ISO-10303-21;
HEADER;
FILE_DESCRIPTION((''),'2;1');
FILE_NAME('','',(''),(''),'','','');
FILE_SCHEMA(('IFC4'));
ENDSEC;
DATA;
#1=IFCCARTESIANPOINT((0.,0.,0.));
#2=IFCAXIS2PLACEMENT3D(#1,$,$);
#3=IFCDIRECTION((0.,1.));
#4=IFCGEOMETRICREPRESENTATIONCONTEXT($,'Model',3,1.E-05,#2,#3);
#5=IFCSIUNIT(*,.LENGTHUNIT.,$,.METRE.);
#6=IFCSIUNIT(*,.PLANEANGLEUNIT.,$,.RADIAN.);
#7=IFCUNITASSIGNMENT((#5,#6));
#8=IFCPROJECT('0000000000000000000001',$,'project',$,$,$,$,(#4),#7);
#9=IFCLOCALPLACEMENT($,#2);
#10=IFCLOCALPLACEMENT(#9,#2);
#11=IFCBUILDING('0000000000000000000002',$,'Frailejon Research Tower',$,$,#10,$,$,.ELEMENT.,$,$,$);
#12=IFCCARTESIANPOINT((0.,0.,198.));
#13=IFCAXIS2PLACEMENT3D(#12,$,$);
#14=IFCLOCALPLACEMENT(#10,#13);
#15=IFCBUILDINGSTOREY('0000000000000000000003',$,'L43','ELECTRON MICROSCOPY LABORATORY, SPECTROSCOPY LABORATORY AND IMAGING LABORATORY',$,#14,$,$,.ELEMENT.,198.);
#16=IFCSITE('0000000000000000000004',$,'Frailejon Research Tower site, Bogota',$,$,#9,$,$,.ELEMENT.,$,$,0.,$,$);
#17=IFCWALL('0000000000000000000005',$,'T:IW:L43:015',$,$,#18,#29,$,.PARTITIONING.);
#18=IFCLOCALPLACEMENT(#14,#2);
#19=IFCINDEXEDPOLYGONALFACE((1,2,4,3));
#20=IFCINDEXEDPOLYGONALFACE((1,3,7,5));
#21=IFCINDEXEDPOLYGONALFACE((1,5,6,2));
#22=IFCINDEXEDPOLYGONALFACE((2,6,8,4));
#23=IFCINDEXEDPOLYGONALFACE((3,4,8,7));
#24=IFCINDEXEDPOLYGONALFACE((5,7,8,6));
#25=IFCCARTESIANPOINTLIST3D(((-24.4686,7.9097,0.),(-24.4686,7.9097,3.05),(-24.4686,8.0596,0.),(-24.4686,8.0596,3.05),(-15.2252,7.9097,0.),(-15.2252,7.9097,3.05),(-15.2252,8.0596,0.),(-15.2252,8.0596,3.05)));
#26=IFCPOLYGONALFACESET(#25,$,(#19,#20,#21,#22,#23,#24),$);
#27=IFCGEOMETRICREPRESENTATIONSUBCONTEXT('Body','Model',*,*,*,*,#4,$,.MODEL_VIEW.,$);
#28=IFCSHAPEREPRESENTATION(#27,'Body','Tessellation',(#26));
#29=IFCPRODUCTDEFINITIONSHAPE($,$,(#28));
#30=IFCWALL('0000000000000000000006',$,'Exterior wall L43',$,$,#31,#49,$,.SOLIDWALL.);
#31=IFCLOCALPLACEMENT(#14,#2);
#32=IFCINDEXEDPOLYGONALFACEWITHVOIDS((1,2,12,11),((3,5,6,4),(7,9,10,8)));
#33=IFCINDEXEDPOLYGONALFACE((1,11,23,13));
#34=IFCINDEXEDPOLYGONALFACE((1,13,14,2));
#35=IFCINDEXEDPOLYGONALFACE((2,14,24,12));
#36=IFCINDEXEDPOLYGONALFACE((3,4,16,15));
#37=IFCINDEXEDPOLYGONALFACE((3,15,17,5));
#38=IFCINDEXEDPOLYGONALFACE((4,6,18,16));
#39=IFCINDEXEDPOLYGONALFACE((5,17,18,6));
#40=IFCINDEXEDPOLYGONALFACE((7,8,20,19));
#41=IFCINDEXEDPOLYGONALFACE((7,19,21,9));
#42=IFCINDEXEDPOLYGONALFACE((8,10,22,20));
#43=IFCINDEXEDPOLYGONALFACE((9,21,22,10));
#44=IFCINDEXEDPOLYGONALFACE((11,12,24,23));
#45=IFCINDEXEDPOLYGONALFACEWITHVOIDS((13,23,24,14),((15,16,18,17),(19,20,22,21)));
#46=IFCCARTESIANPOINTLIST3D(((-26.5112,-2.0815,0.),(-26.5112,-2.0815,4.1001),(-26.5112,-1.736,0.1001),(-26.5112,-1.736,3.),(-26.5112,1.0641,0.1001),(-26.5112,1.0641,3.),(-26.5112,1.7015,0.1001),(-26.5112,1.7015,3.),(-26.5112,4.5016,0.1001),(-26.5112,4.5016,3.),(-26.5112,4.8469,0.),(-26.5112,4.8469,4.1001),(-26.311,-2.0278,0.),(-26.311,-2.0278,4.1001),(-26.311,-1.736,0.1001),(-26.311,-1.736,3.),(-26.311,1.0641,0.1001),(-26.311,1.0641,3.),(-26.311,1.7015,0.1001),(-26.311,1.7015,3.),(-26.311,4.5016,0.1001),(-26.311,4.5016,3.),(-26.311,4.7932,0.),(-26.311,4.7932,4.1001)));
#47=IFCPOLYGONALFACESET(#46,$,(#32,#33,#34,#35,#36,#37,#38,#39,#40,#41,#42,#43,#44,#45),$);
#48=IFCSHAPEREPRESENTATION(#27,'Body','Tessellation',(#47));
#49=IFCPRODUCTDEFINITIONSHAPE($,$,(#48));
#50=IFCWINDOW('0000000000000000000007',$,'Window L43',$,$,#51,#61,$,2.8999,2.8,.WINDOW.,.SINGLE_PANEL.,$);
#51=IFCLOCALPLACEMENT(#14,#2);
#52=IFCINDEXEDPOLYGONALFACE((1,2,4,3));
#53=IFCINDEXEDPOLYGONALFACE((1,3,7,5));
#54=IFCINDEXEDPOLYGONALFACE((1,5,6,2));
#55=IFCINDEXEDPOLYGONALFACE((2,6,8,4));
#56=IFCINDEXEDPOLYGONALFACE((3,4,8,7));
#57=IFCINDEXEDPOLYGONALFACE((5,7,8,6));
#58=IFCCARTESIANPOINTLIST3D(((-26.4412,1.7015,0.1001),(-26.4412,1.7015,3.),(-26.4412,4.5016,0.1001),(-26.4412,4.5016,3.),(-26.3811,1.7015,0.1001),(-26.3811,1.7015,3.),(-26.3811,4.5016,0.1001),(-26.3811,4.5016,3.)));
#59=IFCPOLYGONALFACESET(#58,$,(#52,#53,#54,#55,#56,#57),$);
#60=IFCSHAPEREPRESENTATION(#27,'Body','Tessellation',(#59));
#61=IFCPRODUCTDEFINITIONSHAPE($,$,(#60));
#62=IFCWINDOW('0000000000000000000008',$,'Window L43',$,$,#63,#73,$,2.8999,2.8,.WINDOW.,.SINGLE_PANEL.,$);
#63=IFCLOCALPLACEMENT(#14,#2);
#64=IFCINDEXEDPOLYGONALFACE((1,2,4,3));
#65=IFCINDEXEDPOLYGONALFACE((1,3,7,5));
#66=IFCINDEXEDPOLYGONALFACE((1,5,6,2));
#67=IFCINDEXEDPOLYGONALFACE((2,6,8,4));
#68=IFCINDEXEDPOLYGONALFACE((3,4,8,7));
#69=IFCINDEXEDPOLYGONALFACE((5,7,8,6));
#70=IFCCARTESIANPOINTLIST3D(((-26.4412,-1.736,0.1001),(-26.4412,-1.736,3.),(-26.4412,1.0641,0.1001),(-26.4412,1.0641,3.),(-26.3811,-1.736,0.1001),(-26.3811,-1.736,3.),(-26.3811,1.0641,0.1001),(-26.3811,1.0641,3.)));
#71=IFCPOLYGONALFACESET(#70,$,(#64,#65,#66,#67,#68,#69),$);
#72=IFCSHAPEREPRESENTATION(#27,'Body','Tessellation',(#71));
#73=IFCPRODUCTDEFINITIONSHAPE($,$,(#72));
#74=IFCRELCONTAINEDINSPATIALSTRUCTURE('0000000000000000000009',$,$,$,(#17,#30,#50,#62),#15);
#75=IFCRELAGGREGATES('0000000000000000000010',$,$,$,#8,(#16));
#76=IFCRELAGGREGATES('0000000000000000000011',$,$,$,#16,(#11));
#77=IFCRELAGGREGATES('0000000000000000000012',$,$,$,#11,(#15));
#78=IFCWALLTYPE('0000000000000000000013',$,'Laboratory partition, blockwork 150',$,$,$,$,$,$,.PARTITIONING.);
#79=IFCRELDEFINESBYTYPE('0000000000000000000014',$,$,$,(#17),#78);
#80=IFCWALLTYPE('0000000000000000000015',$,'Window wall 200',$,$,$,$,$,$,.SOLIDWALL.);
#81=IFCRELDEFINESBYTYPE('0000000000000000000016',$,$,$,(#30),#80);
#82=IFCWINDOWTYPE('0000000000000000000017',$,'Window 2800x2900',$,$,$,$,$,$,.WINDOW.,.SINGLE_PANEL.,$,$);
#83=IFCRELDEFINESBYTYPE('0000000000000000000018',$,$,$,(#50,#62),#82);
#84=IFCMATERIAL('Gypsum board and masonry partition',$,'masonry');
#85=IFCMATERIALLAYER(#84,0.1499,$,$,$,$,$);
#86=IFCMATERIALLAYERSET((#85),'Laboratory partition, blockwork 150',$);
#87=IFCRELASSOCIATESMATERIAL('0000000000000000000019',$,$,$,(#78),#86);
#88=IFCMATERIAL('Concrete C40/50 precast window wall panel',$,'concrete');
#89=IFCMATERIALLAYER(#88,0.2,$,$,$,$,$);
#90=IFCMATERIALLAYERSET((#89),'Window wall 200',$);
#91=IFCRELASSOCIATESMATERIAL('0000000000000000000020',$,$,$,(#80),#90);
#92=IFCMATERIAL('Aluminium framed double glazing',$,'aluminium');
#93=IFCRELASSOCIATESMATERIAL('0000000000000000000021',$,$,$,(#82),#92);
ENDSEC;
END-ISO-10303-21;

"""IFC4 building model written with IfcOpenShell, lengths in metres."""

from ifc_helpers import new_model, si_unit, direction, frame, frame_2d, origin, place, context, subcontext, project, spatial, polyline, rectangle, outline, extrude, material, layer, layer_set, type_object, element, fill, save


model = new_model("IFC4")

# Units and contexts
model_context = context("Model", 3, precision=1e-05, world=origin(), true_north=direction((0.0, 1.0)))
body_context = subcontext(model_context, "Body", "Model", "MODEL_VIEW")
ifc_project = project(units=[si_unit("LENGTHUNIT", "METRE"), si_unit("PLANEANGLEUNIT", "RADIAN")], contexts=[model_context])

# Site, building, storey
site_placement = place(None, origin())
site = spatial("IfcSite", under=ifc_project, at=site_placement, Name="Frailejon Research Tower site, Bogota", CompositionType="ELEMENT", RefElevation=0.0)
building_placement = place(site_placement, origin())
building = spatial("IfcBuilding", under=site, at=building_placement, Name="Frailejon Research Tower", CompositionType="ELEMENT")
storey_placement = place(building_placement, frame((0.0, 0.0, 198.0)))
storey = spatial("IfcBuildingStorey", under=building, at=storey_placement, Name="L43", Description="ELECTRON MICROSCOPY LABORATORY, SPECTROSCOPY LABORATORY AND IMAGING LABORATORY", CompositionType="ELEMENT", Elevation=198.0)

# Wall
ifc_material_1 = material(Name="Gypsum board and masonry partition", Category="masonry")
ifc_layer_1 = layer(ifc_material_1, 0.1499)
ifc_layer_set_1 = layer_set([ifc_layer_1], Name="Laboratory partition, blockwork 150")
wall_type_1 = type_object("IfcWallType", Name="Laboratory partition, blockwork 150", PredefinedType="PARTITIONING", material=ifc_layer_set_1)
wall_1_placement = place(storey_placement, frame((-24.4685, 7.9846, 0.0), z_axis=(0.0, 0.0, 1.0), x_axis=(1.0, 0.0, 0.0)))
element("IfcWall", 1, at=wall_1_placement, inside=storey, type_object=wall_type_1, Name="T:IW:L43:015", PredefinedType="PARTITIONING", context=body_context, shape_type="SweptSolid", body=[
    extrude(rectangle(XDim=9.2434, YDim=0.1499, at=frame_2d((4.6216, 0.0))), origin(), (0.0, 0.0, 1.0), 3.05),
])

# Wall, openings, windows
ifc_material_2 = material(Name="Concrete C40/50 precast window wall panel", Category="concrete")
ifc_layer_2 = layer(ifc_material_2, 0.2)
ifc_layer_set_2 = layer_set([ifc_layer_2], Name="Window wall 200")
wall_type_2 = type_object("IfcWallType", Name="Window wall 200", PredefinedType="SOLIDWALL", material=ifc_layer_set_2)
wall_2_placement = place(storey_placement, frame((-26.4111, 4.8201, 0.0), z_axis=(0.0, 0.0, 1.0), x_axis=(0.0, -1.0, 0.0)))
wall_2 = element("IfcWall", 2, at=wall_2_placement, inside=storey, type_object=wall_type_2, Name="Exterior wall L43", PredefinedType="SOLIDWALL", context=body_context, shape_type="SweptSolid", body=[
    extrude(outline(polyline([(-0.0269, -0.1001), (1.1279, -0.1001), (2.2827, -0.1001), (3.4375, -0.1001), (4.592, -0.1001), (5.7468, -0.1001), (6.9016, -0.1001), (6.8479, 0.1001), (5.7109, 0.1001), (4.5742, 0.1001), (3.4375, 0.1001), (2.3005, 0.1001), (1.1636, 0.1001), (0.0269, 0.1001), (-0.0269, -0.1001)])), origin(), (0.0, 0.0, 1.0), 4.1001),
])
opening_1_placement = place(wall_2_placement, frame((0.3186, 0.0, 0.1001)))
opening_1 = element("IfcOpeningElement", 3, at=opening_1_placement, cuts=wall_2, PredefinedType="OPENING", context=body_context, shape_type="SweptSolid", body=[
    extrude(rectangle(XDim=2.8, YDim=2.8999, at=frame_2d((1.3999, 1.45))), frame((0.0, 0.1099, 0.0), z_axis=(0.0, -1.0, 0.0), x_axis=(1.0, 0.0, 0.0)), (0.0, 0.0, 1.0), 0.22),
])
opening_2_placement = place(wall_2_placement, frame((3.7561, 0.0, 0.1001)))
opening_2 = element("IfcOpeningElement", 4, at=opening_2_placement, cuts=wall_2, PredefinedType="OPENING", context=body_context, shape_type="SweptSolid", body=[
    extrude(rectangle(XDim=2.8, YDim=2.8999, at=frame_2d((1.3999, 1.45))), frame((0.0, 0.1099, 0.0), z_axis=(0.0, -1.0, 0.0), x_axis=(1.0, 0.0, 0.0)), (0.0, 0.0, 1.0), 0.22),
])
ifc_material_3 = material(Name="Aluminium framed double glazing", Category="aluminium")
window_type = type_object("IfcWindowType", Name="Window 2800x2900", PartitioningType="SINGLE_PANEL", PredefinedType="WINDOW", material=ifc_material_3)
window_1_placement = place(opening_1_placement, origin())
window_1 = element("IfcWindow", 5, at=window_1_placement, inside=storey, type_object=window_type, Name="Window L43", OverallHeight=2.8999, OverallWidth=2.8, PartitioningType="SINGLE_PANEL", PredefinedType="WINDOW", context=body_context, shape_type="SweptSolid", body=[
    extrude(rectangle(XDim=2.8, YDim=2.8999, at=frame_2d((1.3999, 1.45))), frame((0.0, 0.03, 0.0), z_axis=(0.0, -1.0, 0.0), x_axis=(1.0, 0.0, 0.0)), (0.0, 0.0, 1.0), 0.0601),
])
fill(opening_1, window_1)
window_2_placement = place(opening_2_placement, origin())
window_2 = element("IfcWindow", 6, at=window_2_placement, inside=storey, type_object=window_type, Name="Window L43", OverallHeight=2.8999, OverallWidth=2.8, PartitioningType="SINGLE_PANEL", PredefinedType="WINDOW", context=body_context, shape_type="SweptSolid", body=[
    extrude(rectangle(XDim=2.8, YDim=2.8999, at=frame_2d((1.3999, 1.45))), frame((0.0, 0.03, 0.0), z_axis=(0.0, -1.0, 0.0), x_axis=(1.0, 0.0, 0.0)), (0.0, 0.0, 1.0), 0.0601),
])
fill(opening_2, window_2)

save(model, "model.ifc")
